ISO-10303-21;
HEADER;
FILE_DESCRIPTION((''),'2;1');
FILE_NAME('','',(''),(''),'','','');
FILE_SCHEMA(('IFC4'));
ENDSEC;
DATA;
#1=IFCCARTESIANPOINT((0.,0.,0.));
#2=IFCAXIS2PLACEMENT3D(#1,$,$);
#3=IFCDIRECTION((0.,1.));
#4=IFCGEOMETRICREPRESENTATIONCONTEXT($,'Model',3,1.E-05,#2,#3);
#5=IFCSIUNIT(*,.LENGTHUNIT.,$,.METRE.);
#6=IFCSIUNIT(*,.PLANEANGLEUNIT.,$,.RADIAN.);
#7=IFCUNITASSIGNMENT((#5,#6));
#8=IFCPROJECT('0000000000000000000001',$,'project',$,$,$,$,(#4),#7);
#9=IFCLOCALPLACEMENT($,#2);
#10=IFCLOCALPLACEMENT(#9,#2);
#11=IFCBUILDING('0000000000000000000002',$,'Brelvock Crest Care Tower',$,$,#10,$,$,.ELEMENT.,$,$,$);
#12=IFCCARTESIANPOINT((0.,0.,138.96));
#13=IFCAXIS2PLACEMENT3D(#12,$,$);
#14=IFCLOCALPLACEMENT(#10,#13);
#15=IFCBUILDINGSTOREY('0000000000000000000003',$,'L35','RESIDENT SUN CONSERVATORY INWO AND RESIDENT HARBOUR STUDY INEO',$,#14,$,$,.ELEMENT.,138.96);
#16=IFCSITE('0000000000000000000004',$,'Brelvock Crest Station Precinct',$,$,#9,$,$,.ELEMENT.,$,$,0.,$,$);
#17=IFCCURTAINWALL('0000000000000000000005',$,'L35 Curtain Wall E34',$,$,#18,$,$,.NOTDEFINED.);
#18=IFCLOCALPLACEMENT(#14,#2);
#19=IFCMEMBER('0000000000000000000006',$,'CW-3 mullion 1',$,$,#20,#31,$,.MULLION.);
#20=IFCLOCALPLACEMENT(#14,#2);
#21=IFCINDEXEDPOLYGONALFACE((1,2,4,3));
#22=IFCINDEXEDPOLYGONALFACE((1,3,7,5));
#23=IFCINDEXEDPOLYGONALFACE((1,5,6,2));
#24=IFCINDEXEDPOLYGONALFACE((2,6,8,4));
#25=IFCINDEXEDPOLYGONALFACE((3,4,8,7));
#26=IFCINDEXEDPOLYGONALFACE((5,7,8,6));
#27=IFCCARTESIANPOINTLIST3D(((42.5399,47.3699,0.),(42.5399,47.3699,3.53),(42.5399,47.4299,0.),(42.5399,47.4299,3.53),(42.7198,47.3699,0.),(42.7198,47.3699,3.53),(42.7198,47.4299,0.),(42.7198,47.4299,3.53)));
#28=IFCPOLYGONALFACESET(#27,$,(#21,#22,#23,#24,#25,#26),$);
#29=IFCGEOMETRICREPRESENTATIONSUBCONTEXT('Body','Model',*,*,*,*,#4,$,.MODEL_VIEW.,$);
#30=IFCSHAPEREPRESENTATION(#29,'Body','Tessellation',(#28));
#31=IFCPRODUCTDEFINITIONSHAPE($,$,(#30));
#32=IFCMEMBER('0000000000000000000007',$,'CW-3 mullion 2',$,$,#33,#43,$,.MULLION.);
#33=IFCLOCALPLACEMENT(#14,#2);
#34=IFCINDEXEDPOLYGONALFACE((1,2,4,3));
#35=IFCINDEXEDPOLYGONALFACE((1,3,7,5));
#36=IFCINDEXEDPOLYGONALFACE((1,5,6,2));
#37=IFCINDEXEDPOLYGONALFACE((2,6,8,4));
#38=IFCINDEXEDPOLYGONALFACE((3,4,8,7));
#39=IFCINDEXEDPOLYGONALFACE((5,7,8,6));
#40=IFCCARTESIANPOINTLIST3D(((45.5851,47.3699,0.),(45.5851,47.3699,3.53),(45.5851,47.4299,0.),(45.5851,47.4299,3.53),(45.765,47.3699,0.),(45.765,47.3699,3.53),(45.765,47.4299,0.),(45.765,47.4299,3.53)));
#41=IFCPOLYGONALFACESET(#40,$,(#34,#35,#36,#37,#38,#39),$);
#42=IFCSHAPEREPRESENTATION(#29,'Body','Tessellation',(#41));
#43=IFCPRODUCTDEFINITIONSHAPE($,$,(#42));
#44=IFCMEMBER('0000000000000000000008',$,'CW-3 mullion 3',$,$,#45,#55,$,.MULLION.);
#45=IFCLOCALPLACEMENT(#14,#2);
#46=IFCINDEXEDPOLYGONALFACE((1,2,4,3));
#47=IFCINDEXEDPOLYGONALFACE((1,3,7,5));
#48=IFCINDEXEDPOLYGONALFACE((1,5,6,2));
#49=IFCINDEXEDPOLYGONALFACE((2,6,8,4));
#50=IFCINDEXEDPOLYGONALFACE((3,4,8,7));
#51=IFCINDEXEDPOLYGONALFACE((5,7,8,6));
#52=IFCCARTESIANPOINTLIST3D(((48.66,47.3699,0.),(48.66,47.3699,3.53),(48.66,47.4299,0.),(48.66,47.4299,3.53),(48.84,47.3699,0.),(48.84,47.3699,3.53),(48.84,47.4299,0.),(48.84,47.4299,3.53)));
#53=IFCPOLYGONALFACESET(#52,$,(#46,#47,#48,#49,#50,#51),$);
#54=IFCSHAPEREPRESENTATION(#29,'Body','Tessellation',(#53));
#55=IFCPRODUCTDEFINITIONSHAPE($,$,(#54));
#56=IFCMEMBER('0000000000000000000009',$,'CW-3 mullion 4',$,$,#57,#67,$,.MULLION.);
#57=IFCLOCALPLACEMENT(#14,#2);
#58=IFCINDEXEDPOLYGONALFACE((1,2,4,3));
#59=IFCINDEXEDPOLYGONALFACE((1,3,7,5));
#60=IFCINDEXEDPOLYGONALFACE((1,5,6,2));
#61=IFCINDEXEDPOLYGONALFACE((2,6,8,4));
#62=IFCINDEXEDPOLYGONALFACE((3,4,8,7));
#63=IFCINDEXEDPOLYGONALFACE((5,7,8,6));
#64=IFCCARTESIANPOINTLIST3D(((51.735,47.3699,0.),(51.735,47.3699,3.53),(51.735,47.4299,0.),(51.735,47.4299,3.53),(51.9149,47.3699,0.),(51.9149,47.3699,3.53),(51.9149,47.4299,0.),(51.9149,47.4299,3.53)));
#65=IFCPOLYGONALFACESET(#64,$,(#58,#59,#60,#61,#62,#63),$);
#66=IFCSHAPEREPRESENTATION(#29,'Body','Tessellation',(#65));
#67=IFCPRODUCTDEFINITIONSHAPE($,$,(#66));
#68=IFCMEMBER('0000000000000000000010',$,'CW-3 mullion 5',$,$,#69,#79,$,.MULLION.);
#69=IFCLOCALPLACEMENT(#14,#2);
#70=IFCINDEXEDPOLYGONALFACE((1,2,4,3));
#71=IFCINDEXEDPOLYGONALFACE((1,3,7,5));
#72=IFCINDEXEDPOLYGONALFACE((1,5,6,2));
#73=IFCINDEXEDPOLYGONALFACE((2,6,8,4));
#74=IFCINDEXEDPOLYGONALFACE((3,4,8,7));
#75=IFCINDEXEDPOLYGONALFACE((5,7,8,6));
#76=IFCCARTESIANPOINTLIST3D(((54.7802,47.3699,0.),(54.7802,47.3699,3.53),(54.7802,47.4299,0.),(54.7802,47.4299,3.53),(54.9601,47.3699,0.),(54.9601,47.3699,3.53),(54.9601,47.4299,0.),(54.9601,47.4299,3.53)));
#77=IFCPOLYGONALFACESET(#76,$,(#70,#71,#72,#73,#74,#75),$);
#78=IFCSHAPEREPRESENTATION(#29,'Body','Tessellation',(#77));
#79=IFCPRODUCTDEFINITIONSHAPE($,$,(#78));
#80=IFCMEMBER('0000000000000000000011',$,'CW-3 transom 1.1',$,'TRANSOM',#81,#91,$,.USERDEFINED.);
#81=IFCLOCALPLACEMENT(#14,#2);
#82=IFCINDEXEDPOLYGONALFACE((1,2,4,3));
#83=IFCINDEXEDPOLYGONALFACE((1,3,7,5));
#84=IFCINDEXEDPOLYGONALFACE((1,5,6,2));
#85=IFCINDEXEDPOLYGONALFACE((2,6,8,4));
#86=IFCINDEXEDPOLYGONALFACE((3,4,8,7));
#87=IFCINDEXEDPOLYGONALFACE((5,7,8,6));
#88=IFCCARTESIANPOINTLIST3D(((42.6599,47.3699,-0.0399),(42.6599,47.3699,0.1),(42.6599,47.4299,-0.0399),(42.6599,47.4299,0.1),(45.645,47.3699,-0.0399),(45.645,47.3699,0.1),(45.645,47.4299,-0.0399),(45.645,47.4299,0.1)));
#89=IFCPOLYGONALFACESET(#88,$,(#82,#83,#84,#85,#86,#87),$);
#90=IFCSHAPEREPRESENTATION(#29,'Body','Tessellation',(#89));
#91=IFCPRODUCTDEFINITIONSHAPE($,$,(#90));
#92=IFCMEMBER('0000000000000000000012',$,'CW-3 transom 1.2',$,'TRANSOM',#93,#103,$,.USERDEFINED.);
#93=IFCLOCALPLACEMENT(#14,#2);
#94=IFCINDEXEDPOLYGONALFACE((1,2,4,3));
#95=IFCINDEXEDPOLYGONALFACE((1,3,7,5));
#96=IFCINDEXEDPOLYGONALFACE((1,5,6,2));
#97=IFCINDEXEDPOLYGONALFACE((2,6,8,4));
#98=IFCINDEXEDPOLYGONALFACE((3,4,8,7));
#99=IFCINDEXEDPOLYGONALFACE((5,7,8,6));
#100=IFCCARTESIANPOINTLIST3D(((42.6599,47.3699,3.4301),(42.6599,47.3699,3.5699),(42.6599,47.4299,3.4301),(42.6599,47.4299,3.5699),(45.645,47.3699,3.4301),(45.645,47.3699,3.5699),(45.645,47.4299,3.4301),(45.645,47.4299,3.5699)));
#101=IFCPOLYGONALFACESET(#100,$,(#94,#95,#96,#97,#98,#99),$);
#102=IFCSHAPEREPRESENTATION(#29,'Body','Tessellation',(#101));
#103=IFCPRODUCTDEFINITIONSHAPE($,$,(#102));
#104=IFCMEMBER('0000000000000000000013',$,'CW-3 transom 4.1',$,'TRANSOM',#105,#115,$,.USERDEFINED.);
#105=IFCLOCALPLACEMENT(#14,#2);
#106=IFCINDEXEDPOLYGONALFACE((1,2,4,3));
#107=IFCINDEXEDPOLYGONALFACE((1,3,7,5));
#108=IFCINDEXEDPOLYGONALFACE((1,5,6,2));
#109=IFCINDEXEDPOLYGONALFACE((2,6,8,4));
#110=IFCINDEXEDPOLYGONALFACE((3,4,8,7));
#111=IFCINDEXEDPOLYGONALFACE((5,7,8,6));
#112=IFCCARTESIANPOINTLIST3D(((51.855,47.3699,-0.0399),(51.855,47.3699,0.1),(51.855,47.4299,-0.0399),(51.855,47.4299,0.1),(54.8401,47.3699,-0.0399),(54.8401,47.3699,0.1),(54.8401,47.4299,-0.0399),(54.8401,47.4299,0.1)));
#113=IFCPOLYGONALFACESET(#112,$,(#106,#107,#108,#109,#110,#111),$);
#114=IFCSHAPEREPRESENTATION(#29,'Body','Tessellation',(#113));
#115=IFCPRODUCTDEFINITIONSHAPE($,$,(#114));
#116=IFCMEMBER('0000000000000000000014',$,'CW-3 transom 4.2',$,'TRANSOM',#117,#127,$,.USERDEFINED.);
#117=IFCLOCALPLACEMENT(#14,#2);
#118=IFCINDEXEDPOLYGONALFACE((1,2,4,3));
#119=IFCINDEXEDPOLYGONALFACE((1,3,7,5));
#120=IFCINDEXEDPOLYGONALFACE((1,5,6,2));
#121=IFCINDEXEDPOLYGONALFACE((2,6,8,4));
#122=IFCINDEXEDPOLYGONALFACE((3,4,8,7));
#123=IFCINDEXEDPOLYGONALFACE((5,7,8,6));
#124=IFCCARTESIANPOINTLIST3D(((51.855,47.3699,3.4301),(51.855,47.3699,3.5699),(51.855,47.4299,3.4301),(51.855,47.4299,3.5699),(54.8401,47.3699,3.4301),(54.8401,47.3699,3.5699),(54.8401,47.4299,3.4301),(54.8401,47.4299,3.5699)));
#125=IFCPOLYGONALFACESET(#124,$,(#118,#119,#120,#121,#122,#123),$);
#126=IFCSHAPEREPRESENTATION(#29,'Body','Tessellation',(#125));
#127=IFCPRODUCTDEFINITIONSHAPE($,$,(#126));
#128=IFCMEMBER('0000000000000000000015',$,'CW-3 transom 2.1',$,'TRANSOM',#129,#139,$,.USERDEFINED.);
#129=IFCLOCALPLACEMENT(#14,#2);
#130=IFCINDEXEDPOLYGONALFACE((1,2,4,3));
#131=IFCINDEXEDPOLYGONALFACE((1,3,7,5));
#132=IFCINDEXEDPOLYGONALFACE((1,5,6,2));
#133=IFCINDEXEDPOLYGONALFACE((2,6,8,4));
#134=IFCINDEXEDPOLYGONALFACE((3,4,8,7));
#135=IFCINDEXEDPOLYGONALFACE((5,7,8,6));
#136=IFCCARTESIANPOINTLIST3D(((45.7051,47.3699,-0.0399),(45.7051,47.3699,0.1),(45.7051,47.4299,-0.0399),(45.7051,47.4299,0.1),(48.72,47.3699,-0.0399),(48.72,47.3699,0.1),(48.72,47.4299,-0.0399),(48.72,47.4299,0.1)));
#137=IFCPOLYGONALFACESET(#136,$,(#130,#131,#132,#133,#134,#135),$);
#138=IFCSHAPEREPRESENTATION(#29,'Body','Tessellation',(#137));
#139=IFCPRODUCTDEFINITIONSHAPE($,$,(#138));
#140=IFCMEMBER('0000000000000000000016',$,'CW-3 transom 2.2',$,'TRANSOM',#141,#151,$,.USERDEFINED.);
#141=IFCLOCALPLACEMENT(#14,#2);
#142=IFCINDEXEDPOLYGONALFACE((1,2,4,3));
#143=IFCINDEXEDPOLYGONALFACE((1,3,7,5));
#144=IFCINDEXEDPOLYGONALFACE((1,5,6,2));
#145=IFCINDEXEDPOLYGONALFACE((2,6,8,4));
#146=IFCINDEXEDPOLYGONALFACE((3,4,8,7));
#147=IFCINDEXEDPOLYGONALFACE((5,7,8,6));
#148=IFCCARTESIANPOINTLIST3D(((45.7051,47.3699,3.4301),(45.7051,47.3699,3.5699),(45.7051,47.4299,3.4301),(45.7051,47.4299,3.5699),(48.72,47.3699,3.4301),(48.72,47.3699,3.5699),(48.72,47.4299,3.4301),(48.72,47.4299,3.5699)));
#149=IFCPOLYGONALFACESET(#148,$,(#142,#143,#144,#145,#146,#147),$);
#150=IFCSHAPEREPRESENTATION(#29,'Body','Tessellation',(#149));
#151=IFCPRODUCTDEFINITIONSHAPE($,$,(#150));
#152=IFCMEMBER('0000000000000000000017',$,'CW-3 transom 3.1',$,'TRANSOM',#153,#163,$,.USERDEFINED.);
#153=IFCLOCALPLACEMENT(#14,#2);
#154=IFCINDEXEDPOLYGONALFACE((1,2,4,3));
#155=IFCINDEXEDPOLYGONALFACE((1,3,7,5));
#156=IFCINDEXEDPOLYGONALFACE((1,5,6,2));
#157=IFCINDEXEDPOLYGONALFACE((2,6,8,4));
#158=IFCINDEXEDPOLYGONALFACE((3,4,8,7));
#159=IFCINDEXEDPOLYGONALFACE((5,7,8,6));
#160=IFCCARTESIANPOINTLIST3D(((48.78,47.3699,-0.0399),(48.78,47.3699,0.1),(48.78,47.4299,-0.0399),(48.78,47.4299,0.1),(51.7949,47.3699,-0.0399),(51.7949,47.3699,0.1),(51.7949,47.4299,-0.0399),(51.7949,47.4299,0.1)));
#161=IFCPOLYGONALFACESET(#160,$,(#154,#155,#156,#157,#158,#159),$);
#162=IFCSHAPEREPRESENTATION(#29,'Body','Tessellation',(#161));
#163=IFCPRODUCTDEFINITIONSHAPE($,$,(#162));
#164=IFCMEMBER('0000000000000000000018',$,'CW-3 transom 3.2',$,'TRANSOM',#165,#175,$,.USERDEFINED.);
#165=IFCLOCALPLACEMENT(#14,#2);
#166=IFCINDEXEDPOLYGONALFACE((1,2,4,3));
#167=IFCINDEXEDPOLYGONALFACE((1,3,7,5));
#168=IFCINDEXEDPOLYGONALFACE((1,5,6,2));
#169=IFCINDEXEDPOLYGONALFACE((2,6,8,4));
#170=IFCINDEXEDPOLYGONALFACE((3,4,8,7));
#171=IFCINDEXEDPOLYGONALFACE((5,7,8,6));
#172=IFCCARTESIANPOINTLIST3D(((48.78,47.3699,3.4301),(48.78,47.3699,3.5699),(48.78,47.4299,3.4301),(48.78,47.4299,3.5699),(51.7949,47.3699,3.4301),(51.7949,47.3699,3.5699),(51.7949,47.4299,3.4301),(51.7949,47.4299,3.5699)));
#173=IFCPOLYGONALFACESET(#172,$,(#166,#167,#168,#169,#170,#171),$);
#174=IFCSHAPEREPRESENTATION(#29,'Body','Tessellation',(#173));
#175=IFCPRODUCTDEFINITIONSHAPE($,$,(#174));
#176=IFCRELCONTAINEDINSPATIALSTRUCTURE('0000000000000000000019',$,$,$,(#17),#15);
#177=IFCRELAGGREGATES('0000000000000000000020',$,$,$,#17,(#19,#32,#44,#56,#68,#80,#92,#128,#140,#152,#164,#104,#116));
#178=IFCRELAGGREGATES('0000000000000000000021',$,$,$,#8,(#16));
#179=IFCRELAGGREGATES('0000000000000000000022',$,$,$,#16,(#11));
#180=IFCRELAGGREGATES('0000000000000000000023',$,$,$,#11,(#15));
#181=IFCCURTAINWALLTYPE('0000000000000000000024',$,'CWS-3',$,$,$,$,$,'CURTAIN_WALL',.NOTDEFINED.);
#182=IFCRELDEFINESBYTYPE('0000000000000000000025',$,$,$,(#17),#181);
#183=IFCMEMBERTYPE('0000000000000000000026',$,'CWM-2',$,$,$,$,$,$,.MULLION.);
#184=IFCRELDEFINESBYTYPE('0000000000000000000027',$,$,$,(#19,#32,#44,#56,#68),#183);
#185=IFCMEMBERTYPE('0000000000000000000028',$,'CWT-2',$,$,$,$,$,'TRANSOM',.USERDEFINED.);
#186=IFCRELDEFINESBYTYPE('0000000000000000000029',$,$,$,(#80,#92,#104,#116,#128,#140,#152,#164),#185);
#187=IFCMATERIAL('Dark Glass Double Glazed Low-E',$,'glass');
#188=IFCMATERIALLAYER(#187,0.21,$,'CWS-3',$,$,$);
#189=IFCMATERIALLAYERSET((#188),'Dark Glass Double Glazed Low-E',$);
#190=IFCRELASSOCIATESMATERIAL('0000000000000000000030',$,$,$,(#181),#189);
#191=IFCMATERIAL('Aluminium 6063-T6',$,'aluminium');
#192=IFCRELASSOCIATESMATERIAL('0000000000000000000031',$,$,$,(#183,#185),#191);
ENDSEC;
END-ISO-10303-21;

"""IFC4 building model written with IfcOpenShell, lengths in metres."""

from ifc_helpers import new_model, si_unit, direction, frame, origin, origin_2d, place, context, subcontext, project, spatial, rectangle, extrude, source, transform, mapped, material, layer, layer_set, material_profile, profile_set, type_object, element, aggregate, save


model = new_model("IFC4")

# Units and contexts
model_context = context("Model", 3, precision=1e-05, world=origin(), true_north=direction((0.0, 1.0)))
body_context = subcontext(model_context, "Body", "Model", "MODEL_VIEW")
ifc_project = project(units=[si_unit("LENGTHUNIT", "METRE"), si_unit("PLANEANGLEUNIT", "RADIAN")], contexts=[model_context])

# Site, building, storey
site_placement = place(None, origin())
site = spatial("IfcSite", under=ifc_project, at=site_placement, Name="Brelvock Crest Station Precinct", CompositionType="ELEMENT", RefElevation=0.0)
building_placement = place(site_placement, origin())
building = spatial("IfcBuilding", under=site, at=building_placement, Name="Brelvock Crest Care Tower", CompositionType="ELEMENT")
storey_placement = place(building_placement, frame((0.0, 0.0, 138.96)))
storey = spatial("IfcBuildingStorey", under=building, at=storey_placement, Name="L35", Description="RESIDENT SUN CONSERVATORY INWO AND RESIDENT HARBOUR STUDY INEO", CompositionType="ELEMENT", Elevation=138.96)

# Curtain wall, members
ifc_material_1 = material(Name="Dark Glass Double Glazed Low-E", Category="glass")
ifc_layer_1 = layer(ifc_material_1, 0.21, Name="CWS-3")
ifc_layer_set_1 = layer_set([ifc_layer_1], Name="Dark Glass Double Glazed Low-E")
curtain_wall_type = type_object("IfcCurtainWallType", Name="CWS-3", ElementType="CURTAIN_WALL", PredefinedType="NOTDEFINED", material=ifc_layer_set_1)
curtain_wall_placement = place(storey_placement, origin())
curtain_wall = element("IfcCurtainWall", 1, at=curtain_wall_placement, inside=storey, type_object=curtain_wall_type, Name="L35 Curtain Wall E34", PredefinedType="NOTDEFINED")
ifc_material_2 = material(Name="Aluminium 6063-T6", Category="aluminium")
ifc_material_profile_1 = material_profile(ifc_material_2, rectangle(XDim=0.0601, YDim=0.1799, at=origin_2d()), Name="ALU60x180")
ifc_profile_set_1 = profile_set([ifc_material_profile_1], Name="Aluminium 6063-T6")
member_type_1 = type_object("IfcMemberType", Name="CWM-2", PredefinedType="MULLION", material=ifc_profile_set_1)
shared_shape_1 = source(origin(), body_context, "Body", "SweptSolid", [
    extrude(rectangle(XDim=0.0601, YDim=0.1799, at=origin_2d()), origin(), (0.0, 0.0, 1.0), 3.53),
])
member_1_placement = place(storey_placement, frame((42.6299, 47.3999, 0.0), z_axis=(0.0, 0.0, 1.0), x_axis=(0.0, 1.0, 0.0)))
member_1 = element("IfcMember", 2, at=member_1_placement, type_object=member_type_1, Name="CW-3 mullion 1", PredefinedType="MULLION", context=body_context, shape_type="MappedRepresentation", body=[
    mapped(shared_shape_1, transform((0.0, 0.0, 0.0), x_axis=(1.0, 0.0, 0.0), y_axis=(0.0, 1.0, 0.0), z_axis=(0.0, 0.0, 1.0), scale=1.0)),
])
member_2_placement = place(storey_placement, frame((45.675, 47.3999, 0.0), z_axis=(0.0, 0.0, 1.0), x_axis=(0.0, 1.0, 0.0)))
member_2 = element("IfcMember", 3, at=member_2_placement, type_object=member_type_1, Name="CW-3 mullion 2", PredefinedType="MULLION", context=body_context, shape_type="MappedRepresentation", body=[
    mapped(shared_shape_1, transform((0.0, 0.0, 0.0), x_axis=(1.0, 0.0, 0.0), y_axis=(0.0, 1.0, 0.0), z_axis=(0.0, 0.0, 1.0), scale=1.0)),
])
member_3_placement = place(storey_placement, frame((48.75, 47.3999, 0.0), z_axis=(0.0, 0.0, 1.0), x_axis=(0.0, 1.0, 0.0)))
member_3 = element("IfcMember", 4, at=member_3_placement, type_object=member_type_1, Name="CW-3 mullion 3", PredefinedType="MULLION", context=body_context, shape_type="MappedRepresentation", body=[
    mapped(shared_shape_1, transform((0.0, 0.0, 0.0), x_axis=(1.0, 0.0, 0.0), y_axis=(0.0, 1.0, 0.0), z_axis=(0.0, 0.0, 1.0), scale=1.0)),
])
member_4_placement = place(storey_placement, frame((51.825, 47.3999, 0.0), z_axis=(0.0, 0.0, 1.0), x_axis=(0.0, 1.0, 0.0)))
member_4 = element("IfcMember", 5, at=member_4_placement, type_object=member_type_1, Name="CW-3 mullion 4", PredefinedType="MULLION", context=body_context, shape_type="MappedRepresentation", body=[
    mapped(shared_shape_1, transform((0.0, 0.0, 0.0), x_axis=(1.0, 0.0, 0.0), y_axis=(0.0, 1.0, 0.0), z_axis=(0.0, 0.0, 1.0), scale=1.0)),
])
member_5_placement = place(storey_placement, frame((54.8701, 47.3999, 0.0), z_axis=(0.0, 0.0, 1.0), x_axis=(0.0, 1.0, 0.0)))
member_5 = element("IfcMember", 6, at=member_5_placement, type_object=member_type_1, Name="CW-3 mullion 5", PredefinedType="MULLION", context=body_context, shape_type="MappedRepresentation", body=[
    mapped(shared_shape_1, transform((0.0, 0.0, 0.0), x_axis=(1.0, 0.0, 0.0), y_axis=(0.0, 1.0, 0.0), z_axis=(0.0, 0.0, 1.0), scale=1.0)),
])
ifc_material_profile_2 = material_profile(ifc_material_2, rectangle(XDim=0.0601, YDim=0.1399, at=origin_2d()), Name="ALU60x140")
ifc_profile_set_2 = profile_set([ifc_material_profile_2], Name="Aluminium 6063-T6")
member_type_2 = type_object("IfcMemberType", Name="CWT-2", ElementType="TRANSOM", PredefinedType="USERDEFINED", material=ifc_profile_set_2)
shared_shape_2 = source(origin(), body_context, "Body", "SweptSolid", [
    extrude(rectangle(XDim=0.0601, YDim=0.1399, at=origin_2d()), origin(), (0.0, 0.0, 1.0), 2.9851),
])
member_6_placement = place(storey_placement, frame((42.6599, 47.3999, 0.03), z_axis=(1.0, 0.0, 0.0), x_axis=(0.0, 1.0, 0.0)))
member_6 = element("IfcMember", 7, at=member_6_placement, type_object=member_type_2, Name="CW-3 transom 1.1", ObjectType="TRANSOM", PredefinedType="USERDEFINED", context=body_context, shape_type="MappedRepresentation", body=[
    mapped(shared_shape_2, transform((0.0, 0.0, 0.0), x_axis=(1.0, 0.0, 0.0), y_axis=(0.0, 1.0, 0.0), z_axis=(0.0, 0.0, 1.0), scale=1.0)),
])
member_7_placement = place(storey_placement, frame((42.6599, 47.3999, 3.5), z_axis=(1.0, 0.0, 0.0), x_axis=(0.0, 1.0, 0.0)))
member_7 = element("IfcMember", 8, at=member_7_placement, type_object=member_type_2, Name="CW-3 transom 1.2", ObjectType="TRANSOM", PredefinedType="USERDEFINED", context=body_context, shape_type="MappedRepresentation", body=[
    mapped(shared_shape_2, transform((0.0, 0.0, 0.0), x_axis=(1.0, 0.0, 0.0), y_axis=(0.0, 1.0, 0.0), z_axis=(0.0, 0.0, 1.0), scale=1.0)),
])
member_8_placement = place(storey_placement, frame((51.855, 47.3999, 0.03), z_axis=(1.0, 0.0, 0.0), x_axis=(0.0, 1.0, 0.0)))
member_8 = element("IfcMember", 9, at=member_8_placement, type_object=member_type_2, Name="CW-3 transom 4.1", ObjectType="TRANSOM", PredefinedType="USERDEFINED", context=body_context, shape_type="MappedRepresentation", body=[
    mapped(shared_shape_2, transform((0.0, 0.0, 0.0), x_axis=(1.0, 0.0, 0.0), y_axis=(0.0, 1.0, 0.0), z_axis=(0.0, 0.0, 1.0), scale=1.0)),
])
member_9_placement = place(storey_placement, frame((51.855, 47.3999, 3.5), z_axis=(1.0, 0.0, 0.0), x_axis=(0.0, 1.0, 0.0)))
member_9 = element("IfcMember", 10, at=member_9_placement, type_object=member_type_2, Name="CW-3 transom 4.2", ObjectType="TRANSOM", PredefinedType="USERDEFINED", context=body_context, shape_type="MappedRepresentation", body=[
    mapped(shared_shape_2, transform((0.0, 0.0, 0.0), x_axis=(1.0, 0.0, 0.0), y_axis=(0.0, 1.0, 0.0), z_axis=(0.0, 0.0, 1.0), scale=1.0)),
])
shared_shape_3 = source(origin(), body_context, "Body", "SweptSolid", [
    extrude(rectangle(XDim=0.0601, YDim=0.1399, at=origin_2d()), origin(), (0.0, 0.0, 1.0), 3.0149),
])
member_10_placement = place(storey_placement, frame((45.7051, 47.3999, 0.03), z_axis=(1.0, 0.0, 0.0), x_axis=(0.0, 1.0, 0.0)))
member_10 = element("IfcMember", 11, at=member_10_placement, type_object=member_type_2, Name="CW-3 transom 2.1", ObjectType="TRANSOM", PredefinedType="USERDEFINED", context=body_context, shape_type="MappedRepresentation", body=[
    mapped(shared_shape_3, transform((0.0, 0.0, 0.0), x_axis=(1.0, 0.0, 0.0), y_axis=(0.0, 1.0, 0.0), z_axis=(0.0, 0.0, 1.0), scale=1.0)),
])
member_11_placement = place(storey_placement, frame((45.7051, 47.3999, 3.5), z_axis=(1.0, 0.0, 0.0), x_axis=(0.0, 1.0, 0.0)))
member_11 = element("IfcMember", 12, at=member_11_placement, type_object=member_type_2, Name="CW-3 transom 2.2", ObjectType="TRANSOM", PredefinedType="USERDEFINED", context=body_context, shape_type="MappedRepresentation", body=[
    mapped(shared_shape_3, transform((0.0, 0.0, 0.0), x_axis=(1.0, 0.0, 0.0), y_axis=(0.0, 1.0, 0.0), z_axis=(0.0, 0.0, 1.0), scale=1.0)),
])
member_12_placement = place(storey_placement, frame((48.78, 47.3999, 0.03), z_axis=(1.0, 0.0, 0.0), x_axis=(0.0, 1.0, 0.0)))
member_12 = element("IfcMember", 13, at=member_12_placement, type_object=member_type_2, Name="CW-3 transom 3.1", ObjectType="TRANSOM", PredefinedType="USERDEFINED", context=body_context, shape_type="MappedRepresentation", body=[
    mapped(shared_shape_3, transform((0.0, 0.0, 0.0), x_axis=(1.0, 0.0, 0.0), y_axis=(0.0, 1.0, 0.0), z_axis=(0.0, 0.0, 1.0), scale=1.0)),
])
member_13_placement = place(storey_placement, frame((48.78, 47.3999, 3.5), z_axis=(1.0, 0.0, 0.0), x_axis=(0.0, 1.0, 0.0)))
member_13 = element("IfcMember", 14, at=member_13_placement, type_object=member_type_2, Name="CW-3 transom 3.2", ObjectType="TRANSOM", PredefinedType="USERDEFINED", context=body_context, shape_type="MappedRepresentation", body=[
    mapped(shared_shape_3, transform((0.0, 0.0, 0.0), x_axis=(1.0, 0.0, 0.0), y_axis=(0.0, 1.0, 0.0), z_axis=(0.0, 0.0, 1.0), scale=1.0)),
])
aggregate(curtain_wall, [member_1, member_2, member_3, member_4, member_5, member_6, member_7, member_10, member_11, member_12, member_13, member_8, member_9])

save(model, "model.ifc")
